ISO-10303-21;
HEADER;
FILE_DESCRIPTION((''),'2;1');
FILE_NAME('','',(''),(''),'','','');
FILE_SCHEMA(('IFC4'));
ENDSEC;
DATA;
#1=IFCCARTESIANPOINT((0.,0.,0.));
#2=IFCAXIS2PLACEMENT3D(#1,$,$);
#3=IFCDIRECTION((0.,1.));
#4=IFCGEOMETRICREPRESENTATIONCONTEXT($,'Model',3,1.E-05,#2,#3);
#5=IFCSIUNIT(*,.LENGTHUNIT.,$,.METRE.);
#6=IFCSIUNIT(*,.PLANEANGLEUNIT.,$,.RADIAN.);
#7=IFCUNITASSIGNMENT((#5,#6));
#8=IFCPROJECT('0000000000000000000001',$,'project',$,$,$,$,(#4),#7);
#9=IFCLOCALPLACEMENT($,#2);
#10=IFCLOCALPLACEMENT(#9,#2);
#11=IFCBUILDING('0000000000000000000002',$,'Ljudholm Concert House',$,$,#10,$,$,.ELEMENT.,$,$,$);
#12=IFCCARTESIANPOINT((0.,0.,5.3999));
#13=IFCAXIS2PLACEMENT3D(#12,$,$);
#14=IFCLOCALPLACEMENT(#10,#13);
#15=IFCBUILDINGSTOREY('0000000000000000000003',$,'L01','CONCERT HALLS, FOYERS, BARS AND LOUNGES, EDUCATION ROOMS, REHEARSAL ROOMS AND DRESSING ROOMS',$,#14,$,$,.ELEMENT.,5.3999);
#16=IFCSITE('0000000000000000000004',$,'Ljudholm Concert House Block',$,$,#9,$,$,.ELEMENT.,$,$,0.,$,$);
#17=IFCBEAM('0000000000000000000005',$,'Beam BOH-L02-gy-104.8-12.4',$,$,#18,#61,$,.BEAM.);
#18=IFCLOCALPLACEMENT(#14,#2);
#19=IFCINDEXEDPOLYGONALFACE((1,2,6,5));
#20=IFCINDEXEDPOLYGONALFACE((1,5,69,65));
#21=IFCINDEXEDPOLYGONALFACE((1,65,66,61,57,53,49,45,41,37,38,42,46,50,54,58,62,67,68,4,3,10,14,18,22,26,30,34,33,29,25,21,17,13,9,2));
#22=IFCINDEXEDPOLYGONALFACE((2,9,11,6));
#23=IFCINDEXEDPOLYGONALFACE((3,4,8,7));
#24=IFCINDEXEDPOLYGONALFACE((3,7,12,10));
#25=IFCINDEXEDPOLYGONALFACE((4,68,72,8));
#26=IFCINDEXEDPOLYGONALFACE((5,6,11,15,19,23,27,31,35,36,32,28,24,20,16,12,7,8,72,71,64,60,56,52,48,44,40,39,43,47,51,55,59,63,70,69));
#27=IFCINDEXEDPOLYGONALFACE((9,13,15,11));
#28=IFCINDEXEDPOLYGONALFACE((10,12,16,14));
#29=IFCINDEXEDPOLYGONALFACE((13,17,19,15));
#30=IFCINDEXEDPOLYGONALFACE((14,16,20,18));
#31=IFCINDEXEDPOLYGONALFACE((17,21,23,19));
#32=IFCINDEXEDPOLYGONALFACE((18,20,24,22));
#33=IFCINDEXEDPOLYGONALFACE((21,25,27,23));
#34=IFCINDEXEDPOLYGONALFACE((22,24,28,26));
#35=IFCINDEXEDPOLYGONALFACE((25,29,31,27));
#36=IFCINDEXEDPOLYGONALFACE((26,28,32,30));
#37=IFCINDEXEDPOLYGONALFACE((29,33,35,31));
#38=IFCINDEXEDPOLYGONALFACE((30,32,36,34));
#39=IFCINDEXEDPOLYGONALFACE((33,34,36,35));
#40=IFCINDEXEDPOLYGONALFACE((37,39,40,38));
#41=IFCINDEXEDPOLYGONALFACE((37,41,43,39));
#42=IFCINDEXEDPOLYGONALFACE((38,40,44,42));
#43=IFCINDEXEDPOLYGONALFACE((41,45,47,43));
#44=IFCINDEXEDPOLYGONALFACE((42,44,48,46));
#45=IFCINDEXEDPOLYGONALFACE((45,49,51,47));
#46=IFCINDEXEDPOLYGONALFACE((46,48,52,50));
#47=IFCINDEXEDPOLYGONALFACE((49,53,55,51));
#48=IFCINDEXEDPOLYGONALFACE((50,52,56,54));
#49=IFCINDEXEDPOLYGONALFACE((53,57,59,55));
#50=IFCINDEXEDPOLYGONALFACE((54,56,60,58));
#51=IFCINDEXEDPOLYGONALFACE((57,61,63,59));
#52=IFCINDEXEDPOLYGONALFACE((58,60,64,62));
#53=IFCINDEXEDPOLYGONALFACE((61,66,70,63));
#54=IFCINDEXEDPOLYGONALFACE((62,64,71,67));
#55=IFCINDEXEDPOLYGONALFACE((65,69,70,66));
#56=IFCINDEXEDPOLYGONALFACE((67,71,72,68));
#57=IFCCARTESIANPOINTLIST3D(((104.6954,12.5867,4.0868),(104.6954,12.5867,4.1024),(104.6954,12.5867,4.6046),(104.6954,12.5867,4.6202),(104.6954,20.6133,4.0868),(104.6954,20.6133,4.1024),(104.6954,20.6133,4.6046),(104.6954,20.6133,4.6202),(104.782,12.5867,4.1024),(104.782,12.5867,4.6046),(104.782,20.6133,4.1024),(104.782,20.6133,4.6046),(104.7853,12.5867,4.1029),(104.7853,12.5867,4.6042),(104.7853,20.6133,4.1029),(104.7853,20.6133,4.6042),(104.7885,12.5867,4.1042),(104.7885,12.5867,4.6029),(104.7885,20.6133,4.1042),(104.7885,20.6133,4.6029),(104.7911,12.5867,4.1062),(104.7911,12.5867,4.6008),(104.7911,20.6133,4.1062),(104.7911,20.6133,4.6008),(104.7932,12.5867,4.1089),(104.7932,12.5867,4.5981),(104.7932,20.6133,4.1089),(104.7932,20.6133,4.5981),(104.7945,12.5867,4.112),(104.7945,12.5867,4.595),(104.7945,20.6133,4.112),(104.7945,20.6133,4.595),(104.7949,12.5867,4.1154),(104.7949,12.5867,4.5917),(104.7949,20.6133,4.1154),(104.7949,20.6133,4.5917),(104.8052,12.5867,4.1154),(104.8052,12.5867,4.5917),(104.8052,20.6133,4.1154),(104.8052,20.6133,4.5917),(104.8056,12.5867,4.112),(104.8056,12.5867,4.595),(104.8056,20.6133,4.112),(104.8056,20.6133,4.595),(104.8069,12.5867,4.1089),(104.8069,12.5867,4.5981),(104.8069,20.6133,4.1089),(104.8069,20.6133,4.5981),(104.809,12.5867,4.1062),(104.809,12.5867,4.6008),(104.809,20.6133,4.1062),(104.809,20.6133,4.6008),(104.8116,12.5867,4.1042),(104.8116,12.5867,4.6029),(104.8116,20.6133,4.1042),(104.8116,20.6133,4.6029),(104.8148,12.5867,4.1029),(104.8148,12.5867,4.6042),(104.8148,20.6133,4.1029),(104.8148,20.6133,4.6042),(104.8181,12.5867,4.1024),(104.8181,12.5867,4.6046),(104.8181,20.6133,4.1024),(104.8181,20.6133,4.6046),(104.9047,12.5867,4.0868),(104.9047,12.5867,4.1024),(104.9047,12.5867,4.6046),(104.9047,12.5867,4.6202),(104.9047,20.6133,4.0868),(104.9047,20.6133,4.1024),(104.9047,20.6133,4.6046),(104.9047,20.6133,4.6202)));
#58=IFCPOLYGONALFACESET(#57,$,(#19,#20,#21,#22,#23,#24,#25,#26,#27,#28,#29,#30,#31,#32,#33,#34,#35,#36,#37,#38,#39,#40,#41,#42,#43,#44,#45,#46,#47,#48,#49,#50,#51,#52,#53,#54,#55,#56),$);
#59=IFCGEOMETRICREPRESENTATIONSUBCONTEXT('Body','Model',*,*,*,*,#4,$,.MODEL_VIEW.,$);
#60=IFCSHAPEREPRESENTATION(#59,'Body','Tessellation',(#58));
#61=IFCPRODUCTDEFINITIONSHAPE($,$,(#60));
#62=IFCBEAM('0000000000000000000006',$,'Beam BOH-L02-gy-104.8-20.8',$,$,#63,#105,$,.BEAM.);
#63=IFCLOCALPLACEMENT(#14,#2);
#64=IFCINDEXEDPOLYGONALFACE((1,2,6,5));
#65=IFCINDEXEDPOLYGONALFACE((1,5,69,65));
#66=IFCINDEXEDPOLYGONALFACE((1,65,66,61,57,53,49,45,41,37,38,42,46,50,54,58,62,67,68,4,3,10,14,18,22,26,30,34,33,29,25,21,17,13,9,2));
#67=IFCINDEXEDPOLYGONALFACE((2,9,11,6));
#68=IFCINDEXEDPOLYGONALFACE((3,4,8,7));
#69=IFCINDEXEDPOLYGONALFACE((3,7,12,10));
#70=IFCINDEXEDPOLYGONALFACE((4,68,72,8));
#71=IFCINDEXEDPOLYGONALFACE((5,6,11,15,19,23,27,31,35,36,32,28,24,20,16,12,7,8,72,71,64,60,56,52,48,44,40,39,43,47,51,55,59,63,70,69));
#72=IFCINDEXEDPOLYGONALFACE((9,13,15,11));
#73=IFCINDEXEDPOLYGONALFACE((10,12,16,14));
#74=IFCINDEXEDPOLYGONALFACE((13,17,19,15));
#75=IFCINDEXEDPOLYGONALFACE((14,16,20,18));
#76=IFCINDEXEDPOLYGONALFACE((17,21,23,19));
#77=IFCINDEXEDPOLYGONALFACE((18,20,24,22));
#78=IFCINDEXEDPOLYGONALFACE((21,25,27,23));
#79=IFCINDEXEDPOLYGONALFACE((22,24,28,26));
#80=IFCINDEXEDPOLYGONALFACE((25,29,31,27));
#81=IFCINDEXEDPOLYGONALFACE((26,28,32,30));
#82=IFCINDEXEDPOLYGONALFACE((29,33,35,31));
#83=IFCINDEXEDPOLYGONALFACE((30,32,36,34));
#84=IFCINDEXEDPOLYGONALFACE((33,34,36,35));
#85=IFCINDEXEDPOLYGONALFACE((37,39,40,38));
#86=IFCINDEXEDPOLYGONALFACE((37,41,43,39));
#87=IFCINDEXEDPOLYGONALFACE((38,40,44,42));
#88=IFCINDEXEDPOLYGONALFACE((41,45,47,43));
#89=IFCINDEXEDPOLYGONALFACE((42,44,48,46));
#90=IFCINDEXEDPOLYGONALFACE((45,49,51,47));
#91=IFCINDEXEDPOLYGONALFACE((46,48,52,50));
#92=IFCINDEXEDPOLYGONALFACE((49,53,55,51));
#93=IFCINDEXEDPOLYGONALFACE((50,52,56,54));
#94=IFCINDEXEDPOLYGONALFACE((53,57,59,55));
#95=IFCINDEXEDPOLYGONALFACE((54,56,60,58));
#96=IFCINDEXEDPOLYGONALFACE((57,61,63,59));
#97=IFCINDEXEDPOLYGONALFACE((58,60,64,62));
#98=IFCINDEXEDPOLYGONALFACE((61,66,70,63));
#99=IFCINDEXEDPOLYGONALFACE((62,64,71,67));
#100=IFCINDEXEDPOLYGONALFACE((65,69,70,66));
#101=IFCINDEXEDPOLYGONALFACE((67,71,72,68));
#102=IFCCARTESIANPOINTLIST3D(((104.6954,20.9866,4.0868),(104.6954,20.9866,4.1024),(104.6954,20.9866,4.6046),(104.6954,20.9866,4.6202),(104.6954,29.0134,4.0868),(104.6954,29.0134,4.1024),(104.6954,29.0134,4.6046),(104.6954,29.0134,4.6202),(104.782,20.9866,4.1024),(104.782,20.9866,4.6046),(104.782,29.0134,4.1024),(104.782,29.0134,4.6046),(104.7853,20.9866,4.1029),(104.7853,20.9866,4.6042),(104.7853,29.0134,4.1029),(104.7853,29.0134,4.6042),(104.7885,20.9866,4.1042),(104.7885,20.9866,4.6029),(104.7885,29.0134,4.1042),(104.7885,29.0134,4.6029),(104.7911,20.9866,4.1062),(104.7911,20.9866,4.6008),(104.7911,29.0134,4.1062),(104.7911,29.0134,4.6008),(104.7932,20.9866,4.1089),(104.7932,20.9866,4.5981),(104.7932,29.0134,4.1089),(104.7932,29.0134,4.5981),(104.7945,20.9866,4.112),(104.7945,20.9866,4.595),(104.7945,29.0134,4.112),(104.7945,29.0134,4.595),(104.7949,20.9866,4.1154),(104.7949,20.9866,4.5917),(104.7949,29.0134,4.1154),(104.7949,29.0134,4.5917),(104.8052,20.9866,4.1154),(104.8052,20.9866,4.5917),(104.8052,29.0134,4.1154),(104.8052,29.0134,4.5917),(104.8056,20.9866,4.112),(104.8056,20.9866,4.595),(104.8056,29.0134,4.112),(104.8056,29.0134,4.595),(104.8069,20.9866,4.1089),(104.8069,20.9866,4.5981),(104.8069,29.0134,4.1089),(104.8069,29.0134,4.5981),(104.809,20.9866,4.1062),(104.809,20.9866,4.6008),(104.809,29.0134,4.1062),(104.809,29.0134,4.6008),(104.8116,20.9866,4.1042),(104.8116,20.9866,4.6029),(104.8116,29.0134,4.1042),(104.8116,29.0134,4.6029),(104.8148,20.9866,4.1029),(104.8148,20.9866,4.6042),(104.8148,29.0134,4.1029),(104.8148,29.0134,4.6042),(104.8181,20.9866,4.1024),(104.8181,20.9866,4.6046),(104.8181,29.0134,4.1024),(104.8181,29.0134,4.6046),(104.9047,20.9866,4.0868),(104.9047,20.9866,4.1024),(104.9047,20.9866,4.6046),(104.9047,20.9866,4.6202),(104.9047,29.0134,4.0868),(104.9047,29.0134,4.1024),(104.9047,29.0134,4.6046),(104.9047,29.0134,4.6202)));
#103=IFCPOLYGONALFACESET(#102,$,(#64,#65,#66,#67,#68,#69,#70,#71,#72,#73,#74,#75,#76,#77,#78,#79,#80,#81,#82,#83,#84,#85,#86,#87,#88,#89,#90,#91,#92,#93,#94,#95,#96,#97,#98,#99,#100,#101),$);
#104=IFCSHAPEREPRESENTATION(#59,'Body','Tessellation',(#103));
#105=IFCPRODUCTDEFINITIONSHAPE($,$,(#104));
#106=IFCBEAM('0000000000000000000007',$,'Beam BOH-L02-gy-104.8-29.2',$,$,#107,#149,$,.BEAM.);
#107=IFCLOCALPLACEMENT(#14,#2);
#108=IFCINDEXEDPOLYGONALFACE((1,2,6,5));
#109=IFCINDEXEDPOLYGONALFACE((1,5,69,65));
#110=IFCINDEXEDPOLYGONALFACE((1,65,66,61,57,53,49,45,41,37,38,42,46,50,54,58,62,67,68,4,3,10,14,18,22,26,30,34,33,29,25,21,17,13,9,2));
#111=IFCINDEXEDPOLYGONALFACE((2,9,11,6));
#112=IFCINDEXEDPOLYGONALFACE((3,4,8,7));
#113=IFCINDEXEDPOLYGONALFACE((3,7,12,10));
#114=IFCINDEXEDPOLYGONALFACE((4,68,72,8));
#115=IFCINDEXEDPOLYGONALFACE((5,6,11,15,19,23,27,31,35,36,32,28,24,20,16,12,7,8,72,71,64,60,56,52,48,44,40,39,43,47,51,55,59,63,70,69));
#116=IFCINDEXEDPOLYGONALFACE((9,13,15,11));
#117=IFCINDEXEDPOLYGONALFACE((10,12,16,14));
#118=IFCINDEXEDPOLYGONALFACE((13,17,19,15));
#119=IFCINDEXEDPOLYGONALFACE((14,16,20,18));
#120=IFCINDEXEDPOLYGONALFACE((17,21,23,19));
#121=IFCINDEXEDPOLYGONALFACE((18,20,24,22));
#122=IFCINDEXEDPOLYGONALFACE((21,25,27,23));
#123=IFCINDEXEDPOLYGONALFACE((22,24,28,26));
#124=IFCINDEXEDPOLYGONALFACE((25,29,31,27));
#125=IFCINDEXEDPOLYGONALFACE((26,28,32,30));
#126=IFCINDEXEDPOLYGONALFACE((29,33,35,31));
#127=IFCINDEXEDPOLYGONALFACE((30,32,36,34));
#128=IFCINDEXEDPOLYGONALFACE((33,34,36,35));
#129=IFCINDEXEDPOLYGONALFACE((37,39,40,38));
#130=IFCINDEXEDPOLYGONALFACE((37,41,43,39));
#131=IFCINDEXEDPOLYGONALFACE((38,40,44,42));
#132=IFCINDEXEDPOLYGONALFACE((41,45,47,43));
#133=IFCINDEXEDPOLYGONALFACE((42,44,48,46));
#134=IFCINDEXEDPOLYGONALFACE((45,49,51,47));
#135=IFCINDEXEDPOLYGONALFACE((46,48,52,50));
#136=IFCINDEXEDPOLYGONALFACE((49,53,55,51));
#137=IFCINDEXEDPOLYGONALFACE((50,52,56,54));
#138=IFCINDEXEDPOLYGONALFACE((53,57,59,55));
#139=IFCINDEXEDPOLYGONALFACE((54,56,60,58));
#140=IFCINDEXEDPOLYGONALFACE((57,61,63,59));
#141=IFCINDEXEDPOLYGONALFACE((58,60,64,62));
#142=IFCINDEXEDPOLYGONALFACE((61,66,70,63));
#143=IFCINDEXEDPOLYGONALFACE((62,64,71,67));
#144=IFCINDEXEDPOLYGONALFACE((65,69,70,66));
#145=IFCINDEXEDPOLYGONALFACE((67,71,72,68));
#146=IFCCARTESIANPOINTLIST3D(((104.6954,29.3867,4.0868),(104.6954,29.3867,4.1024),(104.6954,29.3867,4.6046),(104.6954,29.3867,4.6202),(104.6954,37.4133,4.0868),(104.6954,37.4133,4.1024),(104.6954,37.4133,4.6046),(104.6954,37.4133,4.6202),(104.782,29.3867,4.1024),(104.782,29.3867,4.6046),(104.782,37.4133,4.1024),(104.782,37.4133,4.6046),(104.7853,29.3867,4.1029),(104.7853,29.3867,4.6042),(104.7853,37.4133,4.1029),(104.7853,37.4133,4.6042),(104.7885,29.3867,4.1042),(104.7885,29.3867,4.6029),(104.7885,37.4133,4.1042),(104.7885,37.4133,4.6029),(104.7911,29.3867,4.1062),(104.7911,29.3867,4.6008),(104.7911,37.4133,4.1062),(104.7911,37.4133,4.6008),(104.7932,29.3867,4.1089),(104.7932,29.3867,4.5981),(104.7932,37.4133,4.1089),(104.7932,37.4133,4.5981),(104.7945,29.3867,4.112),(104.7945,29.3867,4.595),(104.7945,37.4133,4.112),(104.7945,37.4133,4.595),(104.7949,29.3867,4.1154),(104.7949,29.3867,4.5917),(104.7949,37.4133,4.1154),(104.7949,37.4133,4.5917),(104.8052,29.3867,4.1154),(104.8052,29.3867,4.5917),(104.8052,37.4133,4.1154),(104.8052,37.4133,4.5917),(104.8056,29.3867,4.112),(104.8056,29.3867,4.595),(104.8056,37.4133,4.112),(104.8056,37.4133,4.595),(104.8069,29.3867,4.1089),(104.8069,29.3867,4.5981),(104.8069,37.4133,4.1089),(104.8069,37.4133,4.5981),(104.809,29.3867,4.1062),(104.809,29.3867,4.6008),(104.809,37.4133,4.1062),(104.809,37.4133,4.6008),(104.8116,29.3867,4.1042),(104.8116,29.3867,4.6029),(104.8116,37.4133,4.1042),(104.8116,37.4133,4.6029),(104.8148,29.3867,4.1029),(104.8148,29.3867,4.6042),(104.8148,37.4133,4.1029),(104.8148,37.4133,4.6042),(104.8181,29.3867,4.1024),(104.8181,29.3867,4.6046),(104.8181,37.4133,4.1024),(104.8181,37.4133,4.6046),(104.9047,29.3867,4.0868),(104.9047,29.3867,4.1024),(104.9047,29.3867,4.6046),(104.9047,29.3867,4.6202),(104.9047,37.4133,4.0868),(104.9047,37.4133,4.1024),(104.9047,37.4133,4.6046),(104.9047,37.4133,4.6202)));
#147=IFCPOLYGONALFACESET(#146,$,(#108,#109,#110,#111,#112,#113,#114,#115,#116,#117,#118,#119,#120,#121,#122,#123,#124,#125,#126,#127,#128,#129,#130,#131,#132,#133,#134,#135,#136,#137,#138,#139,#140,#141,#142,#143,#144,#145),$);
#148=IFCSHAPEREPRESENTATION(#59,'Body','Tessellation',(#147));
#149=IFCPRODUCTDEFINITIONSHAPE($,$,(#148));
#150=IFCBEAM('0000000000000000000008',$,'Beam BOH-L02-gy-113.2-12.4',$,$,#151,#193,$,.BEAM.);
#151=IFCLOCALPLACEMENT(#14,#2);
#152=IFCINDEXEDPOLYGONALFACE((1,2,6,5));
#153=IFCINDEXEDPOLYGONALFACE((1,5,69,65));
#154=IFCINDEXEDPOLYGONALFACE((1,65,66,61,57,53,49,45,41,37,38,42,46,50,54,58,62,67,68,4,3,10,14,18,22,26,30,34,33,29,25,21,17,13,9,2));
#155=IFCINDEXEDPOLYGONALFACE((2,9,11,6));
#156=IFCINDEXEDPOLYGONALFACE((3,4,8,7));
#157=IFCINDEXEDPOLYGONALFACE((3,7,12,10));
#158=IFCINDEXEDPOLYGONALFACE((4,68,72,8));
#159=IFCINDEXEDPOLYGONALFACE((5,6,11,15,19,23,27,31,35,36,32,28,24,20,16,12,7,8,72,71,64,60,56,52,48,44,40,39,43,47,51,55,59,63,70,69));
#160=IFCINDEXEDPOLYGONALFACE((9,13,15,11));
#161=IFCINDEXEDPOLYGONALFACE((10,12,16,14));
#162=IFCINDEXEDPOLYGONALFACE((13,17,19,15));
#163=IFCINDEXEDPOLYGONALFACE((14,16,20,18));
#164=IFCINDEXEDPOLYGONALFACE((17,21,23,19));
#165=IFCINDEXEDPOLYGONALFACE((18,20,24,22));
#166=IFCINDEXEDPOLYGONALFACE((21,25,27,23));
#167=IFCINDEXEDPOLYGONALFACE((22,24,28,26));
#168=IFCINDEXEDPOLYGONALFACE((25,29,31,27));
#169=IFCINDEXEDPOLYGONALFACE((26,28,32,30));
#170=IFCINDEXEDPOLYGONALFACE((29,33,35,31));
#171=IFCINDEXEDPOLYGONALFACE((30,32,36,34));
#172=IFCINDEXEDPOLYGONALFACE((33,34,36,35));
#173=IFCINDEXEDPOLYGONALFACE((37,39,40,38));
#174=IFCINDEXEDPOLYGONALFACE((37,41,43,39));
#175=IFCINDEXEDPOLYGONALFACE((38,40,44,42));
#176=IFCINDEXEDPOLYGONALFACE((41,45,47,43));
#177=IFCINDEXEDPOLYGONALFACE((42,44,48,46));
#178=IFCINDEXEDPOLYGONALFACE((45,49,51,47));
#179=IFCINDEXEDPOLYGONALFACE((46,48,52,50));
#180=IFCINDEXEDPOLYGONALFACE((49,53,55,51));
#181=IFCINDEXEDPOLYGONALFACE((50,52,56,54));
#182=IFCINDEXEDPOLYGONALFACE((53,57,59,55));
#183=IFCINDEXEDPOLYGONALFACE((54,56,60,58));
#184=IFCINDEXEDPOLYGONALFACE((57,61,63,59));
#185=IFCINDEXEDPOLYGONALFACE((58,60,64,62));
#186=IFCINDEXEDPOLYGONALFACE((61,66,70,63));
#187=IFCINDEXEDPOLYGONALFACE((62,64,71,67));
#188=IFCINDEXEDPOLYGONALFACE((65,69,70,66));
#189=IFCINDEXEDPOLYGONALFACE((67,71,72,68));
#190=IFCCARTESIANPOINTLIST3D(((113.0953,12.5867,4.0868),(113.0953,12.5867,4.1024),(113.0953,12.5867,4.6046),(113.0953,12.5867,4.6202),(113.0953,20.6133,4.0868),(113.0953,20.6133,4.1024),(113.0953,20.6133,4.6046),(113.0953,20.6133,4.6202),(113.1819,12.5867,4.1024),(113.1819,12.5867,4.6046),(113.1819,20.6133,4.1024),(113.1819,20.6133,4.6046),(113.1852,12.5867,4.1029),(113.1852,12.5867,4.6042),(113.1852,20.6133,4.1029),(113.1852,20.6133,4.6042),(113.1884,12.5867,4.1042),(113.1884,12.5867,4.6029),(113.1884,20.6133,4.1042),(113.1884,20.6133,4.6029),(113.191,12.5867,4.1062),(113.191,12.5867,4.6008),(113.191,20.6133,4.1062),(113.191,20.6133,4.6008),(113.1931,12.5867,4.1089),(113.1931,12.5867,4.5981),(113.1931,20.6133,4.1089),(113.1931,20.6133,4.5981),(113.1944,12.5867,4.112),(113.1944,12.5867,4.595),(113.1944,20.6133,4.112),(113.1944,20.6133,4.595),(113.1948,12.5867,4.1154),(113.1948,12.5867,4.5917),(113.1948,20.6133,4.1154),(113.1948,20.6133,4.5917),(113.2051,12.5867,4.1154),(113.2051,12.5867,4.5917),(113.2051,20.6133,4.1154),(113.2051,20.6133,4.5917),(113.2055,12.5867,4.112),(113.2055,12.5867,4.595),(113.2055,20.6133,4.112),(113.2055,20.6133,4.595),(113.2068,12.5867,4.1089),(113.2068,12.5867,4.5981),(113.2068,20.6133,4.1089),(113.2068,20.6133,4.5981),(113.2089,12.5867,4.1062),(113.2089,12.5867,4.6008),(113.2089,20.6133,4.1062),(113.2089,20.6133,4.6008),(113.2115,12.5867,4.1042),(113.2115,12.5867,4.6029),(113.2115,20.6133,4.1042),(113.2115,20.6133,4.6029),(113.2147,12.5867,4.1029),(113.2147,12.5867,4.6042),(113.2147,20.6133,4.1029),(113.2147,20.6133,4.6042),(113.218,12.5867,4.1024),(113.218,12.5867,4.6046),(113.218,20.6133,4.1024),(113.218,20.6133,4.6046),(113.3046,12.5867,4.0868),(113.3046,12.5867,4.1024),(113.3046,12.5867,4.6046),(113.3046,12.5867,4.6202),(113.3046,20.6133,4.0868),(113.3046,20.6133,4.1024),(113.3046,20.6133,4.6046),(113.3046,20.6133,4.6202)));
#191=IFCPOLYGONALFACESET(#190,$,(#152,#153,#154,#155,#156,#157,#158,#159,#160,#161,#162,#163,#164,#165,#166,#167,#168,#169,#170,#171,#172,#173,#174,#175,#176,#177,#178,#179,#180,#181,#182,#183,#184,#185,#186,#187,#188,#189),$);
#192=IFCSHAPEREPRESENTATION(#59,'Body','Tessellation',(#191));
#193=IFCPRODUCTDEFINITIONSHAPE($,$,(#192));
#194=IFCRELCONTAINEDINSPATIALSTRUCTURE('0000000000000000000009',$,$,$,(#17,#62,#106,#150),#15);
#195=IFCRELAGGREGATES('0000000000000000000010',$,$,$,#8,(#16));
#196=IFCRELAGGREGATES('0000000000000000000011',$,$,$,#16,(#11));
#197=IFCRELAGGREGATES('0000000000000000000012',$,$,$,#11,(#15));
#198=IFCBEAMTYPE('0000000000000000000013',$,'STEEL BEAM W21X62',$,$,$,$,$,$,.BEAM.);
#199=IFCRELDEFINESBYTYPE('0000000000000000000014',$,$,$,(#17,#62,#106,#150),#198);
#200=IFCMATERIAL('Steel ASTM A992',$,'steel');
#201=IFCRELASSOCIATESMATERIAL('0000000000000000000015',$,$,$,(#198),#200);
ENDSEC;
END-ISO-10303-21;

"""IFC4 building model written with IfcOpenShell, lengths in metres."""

from ifc_helpers import new_model, si_unit, direction, frame, origin, origin_2d, place, context, subcontext, project, spatial, i_section, extrude, material, material_profile, profile_set, type_object, element, save


model = new_model("IFC4")

# Units and contexts
model_context = context("Model", 3, precision=1e-05, world=origin(), true_north=direction((0.0, 1.0)))
body_context = subcontext(model_context, "Body", "Model", "MODEL_VIEW")
ifc_project = project(units=[si_unit("LENGTHUNIT", "METRE"), si_unit("PLANEANGLEUNIT", "RADIAN")], contexts=[model_context])

# Site, building, storey
site_placement = place(None, origin())
site = spatial("IfcSite", under=ifc_project, at=site_placement, Name="Ljudholm Concert House Block", CompositionType="ELEMENT", RefElevation=0.0)
building_placement = place(site_placement, origin())
building = spatial("IfcBuilding", under=site, at=building_placement, Name="Ljudholm Concert House", CompositionType="ELEMENT")
storey_placement = place(building_placement, frame((0.0, 0.0, 5.3999)))
storey = spatial("IfcBuildingStorey", under=building, at=storey_placement, Name="L01", Description="CONCERT HALLS, FOYERS, BARS AND LOUNGES, EDUCATION ROOMS, REHEARSAL ROOMS AND DRESSING ROOMS", CompositionType="ELEMENT", Elevation=5.3999)

# Beams
ifc_material_1 = material(Name="Steel ASTM A992", Category="steel")
ifc_material_profile_1 = material_profile(ifc_material_1, i_section(OverallWidth=0.2092, OverallDepth=0.5334, WebThickness=0.0103, FlangeThickness=0.0156, FilletRadius=0.0129, at=origin_2d()), Name="W21X62")
ifc_profile_set_1 = profile_set([ifc_material_profile_1], Name="Steel ASTM A992")
beam_type_1 = type_object("IfcBeamType", Name="STEEL BEAM W21X62", PredefinedType="BEAM", material=ifc_profile_set_1)
beam_1_placement = place(storey_placement, frame((104.8, 12.5867, 4.3535), z_axis=(0.0, 1.0, 0.0), x_axis=(-1.0, 0.0, 0.0)))
element("IfcBeam", 1, at=beam_1_placement, inside=storey, type_object=beam_type_1, Name="Beam BOH-L02-gy-104.8-12.4", PredefinedType="BEAM", context=body_context, shape_type="SweptSolid", body=[
    extrude(i_section(OverallWidth=0.2092, OverallDepth=0.5334, WebThickness=0.0103, FlangeThickness=0.0156, FilletRadius=0.0129, at=origin_2d()), origin(), (0.0, 0.0, 1.0), 8.0266),
])
beam_2_placement = place(storey_placement, frame((104.8, 20.9866, 4.3535), z_axis=(0.0, 1.0, 0.0), x_axis=(-1.0, 0.0, 0.0)))
element("IfcBeam", 2, at=beam_2_placement, inside=storey, type_object=beam_type_1, Name="Beam BOH-L02-gy-104.8-20.8", PredefinedType="BEAM", context=body_context, shape_type="SweptSolid", body=[
    extrude(i_section(OverallWidth=0.2092, OverallDepth=0.5334, WebThickness=0.0103, FlangeThickness=0.0156, FilletRadius=0.0129, at=origin_2d()), origin(), (0.0, 0.0, 1.0), 8.0269),
])
for number, where, z_axis, x_axis, name in (
    (3, (104.8, 29.3867, 4.3535), (0.0, 1.0, 0.0), (-1.0, 0.0, 0.0), "Beam BOH-L02-gy-104.8-29.2"),
    (4, (113.2, 12.5867, 4.3535), (0.0, 1.0, 0.0), (-1.0, 0.0, 0.0), "Beam BOH-L02-gy-113.2-12.4"),
):
    element("IfcBeam", number, at=place(storey_placement, frame(where, z_axis=z_axis, x_axis=x_axis)), inside=storey, type_object=beam_type_1, Name=name, PredefinedType="BEAM", context=body_context, shape_type="SweptSolid", body=[
        extrude(i_section(OverallWidth=0.2092, OverallDepth=0.5334, WebThickness=0.0103, FlangeThickness=0.0156, FilletRadius=0.0129, at=origin_2d()), origin(), (0.0, 0.0, 1.0), 8.0266),
    ])

save(model, "model.ifc")
